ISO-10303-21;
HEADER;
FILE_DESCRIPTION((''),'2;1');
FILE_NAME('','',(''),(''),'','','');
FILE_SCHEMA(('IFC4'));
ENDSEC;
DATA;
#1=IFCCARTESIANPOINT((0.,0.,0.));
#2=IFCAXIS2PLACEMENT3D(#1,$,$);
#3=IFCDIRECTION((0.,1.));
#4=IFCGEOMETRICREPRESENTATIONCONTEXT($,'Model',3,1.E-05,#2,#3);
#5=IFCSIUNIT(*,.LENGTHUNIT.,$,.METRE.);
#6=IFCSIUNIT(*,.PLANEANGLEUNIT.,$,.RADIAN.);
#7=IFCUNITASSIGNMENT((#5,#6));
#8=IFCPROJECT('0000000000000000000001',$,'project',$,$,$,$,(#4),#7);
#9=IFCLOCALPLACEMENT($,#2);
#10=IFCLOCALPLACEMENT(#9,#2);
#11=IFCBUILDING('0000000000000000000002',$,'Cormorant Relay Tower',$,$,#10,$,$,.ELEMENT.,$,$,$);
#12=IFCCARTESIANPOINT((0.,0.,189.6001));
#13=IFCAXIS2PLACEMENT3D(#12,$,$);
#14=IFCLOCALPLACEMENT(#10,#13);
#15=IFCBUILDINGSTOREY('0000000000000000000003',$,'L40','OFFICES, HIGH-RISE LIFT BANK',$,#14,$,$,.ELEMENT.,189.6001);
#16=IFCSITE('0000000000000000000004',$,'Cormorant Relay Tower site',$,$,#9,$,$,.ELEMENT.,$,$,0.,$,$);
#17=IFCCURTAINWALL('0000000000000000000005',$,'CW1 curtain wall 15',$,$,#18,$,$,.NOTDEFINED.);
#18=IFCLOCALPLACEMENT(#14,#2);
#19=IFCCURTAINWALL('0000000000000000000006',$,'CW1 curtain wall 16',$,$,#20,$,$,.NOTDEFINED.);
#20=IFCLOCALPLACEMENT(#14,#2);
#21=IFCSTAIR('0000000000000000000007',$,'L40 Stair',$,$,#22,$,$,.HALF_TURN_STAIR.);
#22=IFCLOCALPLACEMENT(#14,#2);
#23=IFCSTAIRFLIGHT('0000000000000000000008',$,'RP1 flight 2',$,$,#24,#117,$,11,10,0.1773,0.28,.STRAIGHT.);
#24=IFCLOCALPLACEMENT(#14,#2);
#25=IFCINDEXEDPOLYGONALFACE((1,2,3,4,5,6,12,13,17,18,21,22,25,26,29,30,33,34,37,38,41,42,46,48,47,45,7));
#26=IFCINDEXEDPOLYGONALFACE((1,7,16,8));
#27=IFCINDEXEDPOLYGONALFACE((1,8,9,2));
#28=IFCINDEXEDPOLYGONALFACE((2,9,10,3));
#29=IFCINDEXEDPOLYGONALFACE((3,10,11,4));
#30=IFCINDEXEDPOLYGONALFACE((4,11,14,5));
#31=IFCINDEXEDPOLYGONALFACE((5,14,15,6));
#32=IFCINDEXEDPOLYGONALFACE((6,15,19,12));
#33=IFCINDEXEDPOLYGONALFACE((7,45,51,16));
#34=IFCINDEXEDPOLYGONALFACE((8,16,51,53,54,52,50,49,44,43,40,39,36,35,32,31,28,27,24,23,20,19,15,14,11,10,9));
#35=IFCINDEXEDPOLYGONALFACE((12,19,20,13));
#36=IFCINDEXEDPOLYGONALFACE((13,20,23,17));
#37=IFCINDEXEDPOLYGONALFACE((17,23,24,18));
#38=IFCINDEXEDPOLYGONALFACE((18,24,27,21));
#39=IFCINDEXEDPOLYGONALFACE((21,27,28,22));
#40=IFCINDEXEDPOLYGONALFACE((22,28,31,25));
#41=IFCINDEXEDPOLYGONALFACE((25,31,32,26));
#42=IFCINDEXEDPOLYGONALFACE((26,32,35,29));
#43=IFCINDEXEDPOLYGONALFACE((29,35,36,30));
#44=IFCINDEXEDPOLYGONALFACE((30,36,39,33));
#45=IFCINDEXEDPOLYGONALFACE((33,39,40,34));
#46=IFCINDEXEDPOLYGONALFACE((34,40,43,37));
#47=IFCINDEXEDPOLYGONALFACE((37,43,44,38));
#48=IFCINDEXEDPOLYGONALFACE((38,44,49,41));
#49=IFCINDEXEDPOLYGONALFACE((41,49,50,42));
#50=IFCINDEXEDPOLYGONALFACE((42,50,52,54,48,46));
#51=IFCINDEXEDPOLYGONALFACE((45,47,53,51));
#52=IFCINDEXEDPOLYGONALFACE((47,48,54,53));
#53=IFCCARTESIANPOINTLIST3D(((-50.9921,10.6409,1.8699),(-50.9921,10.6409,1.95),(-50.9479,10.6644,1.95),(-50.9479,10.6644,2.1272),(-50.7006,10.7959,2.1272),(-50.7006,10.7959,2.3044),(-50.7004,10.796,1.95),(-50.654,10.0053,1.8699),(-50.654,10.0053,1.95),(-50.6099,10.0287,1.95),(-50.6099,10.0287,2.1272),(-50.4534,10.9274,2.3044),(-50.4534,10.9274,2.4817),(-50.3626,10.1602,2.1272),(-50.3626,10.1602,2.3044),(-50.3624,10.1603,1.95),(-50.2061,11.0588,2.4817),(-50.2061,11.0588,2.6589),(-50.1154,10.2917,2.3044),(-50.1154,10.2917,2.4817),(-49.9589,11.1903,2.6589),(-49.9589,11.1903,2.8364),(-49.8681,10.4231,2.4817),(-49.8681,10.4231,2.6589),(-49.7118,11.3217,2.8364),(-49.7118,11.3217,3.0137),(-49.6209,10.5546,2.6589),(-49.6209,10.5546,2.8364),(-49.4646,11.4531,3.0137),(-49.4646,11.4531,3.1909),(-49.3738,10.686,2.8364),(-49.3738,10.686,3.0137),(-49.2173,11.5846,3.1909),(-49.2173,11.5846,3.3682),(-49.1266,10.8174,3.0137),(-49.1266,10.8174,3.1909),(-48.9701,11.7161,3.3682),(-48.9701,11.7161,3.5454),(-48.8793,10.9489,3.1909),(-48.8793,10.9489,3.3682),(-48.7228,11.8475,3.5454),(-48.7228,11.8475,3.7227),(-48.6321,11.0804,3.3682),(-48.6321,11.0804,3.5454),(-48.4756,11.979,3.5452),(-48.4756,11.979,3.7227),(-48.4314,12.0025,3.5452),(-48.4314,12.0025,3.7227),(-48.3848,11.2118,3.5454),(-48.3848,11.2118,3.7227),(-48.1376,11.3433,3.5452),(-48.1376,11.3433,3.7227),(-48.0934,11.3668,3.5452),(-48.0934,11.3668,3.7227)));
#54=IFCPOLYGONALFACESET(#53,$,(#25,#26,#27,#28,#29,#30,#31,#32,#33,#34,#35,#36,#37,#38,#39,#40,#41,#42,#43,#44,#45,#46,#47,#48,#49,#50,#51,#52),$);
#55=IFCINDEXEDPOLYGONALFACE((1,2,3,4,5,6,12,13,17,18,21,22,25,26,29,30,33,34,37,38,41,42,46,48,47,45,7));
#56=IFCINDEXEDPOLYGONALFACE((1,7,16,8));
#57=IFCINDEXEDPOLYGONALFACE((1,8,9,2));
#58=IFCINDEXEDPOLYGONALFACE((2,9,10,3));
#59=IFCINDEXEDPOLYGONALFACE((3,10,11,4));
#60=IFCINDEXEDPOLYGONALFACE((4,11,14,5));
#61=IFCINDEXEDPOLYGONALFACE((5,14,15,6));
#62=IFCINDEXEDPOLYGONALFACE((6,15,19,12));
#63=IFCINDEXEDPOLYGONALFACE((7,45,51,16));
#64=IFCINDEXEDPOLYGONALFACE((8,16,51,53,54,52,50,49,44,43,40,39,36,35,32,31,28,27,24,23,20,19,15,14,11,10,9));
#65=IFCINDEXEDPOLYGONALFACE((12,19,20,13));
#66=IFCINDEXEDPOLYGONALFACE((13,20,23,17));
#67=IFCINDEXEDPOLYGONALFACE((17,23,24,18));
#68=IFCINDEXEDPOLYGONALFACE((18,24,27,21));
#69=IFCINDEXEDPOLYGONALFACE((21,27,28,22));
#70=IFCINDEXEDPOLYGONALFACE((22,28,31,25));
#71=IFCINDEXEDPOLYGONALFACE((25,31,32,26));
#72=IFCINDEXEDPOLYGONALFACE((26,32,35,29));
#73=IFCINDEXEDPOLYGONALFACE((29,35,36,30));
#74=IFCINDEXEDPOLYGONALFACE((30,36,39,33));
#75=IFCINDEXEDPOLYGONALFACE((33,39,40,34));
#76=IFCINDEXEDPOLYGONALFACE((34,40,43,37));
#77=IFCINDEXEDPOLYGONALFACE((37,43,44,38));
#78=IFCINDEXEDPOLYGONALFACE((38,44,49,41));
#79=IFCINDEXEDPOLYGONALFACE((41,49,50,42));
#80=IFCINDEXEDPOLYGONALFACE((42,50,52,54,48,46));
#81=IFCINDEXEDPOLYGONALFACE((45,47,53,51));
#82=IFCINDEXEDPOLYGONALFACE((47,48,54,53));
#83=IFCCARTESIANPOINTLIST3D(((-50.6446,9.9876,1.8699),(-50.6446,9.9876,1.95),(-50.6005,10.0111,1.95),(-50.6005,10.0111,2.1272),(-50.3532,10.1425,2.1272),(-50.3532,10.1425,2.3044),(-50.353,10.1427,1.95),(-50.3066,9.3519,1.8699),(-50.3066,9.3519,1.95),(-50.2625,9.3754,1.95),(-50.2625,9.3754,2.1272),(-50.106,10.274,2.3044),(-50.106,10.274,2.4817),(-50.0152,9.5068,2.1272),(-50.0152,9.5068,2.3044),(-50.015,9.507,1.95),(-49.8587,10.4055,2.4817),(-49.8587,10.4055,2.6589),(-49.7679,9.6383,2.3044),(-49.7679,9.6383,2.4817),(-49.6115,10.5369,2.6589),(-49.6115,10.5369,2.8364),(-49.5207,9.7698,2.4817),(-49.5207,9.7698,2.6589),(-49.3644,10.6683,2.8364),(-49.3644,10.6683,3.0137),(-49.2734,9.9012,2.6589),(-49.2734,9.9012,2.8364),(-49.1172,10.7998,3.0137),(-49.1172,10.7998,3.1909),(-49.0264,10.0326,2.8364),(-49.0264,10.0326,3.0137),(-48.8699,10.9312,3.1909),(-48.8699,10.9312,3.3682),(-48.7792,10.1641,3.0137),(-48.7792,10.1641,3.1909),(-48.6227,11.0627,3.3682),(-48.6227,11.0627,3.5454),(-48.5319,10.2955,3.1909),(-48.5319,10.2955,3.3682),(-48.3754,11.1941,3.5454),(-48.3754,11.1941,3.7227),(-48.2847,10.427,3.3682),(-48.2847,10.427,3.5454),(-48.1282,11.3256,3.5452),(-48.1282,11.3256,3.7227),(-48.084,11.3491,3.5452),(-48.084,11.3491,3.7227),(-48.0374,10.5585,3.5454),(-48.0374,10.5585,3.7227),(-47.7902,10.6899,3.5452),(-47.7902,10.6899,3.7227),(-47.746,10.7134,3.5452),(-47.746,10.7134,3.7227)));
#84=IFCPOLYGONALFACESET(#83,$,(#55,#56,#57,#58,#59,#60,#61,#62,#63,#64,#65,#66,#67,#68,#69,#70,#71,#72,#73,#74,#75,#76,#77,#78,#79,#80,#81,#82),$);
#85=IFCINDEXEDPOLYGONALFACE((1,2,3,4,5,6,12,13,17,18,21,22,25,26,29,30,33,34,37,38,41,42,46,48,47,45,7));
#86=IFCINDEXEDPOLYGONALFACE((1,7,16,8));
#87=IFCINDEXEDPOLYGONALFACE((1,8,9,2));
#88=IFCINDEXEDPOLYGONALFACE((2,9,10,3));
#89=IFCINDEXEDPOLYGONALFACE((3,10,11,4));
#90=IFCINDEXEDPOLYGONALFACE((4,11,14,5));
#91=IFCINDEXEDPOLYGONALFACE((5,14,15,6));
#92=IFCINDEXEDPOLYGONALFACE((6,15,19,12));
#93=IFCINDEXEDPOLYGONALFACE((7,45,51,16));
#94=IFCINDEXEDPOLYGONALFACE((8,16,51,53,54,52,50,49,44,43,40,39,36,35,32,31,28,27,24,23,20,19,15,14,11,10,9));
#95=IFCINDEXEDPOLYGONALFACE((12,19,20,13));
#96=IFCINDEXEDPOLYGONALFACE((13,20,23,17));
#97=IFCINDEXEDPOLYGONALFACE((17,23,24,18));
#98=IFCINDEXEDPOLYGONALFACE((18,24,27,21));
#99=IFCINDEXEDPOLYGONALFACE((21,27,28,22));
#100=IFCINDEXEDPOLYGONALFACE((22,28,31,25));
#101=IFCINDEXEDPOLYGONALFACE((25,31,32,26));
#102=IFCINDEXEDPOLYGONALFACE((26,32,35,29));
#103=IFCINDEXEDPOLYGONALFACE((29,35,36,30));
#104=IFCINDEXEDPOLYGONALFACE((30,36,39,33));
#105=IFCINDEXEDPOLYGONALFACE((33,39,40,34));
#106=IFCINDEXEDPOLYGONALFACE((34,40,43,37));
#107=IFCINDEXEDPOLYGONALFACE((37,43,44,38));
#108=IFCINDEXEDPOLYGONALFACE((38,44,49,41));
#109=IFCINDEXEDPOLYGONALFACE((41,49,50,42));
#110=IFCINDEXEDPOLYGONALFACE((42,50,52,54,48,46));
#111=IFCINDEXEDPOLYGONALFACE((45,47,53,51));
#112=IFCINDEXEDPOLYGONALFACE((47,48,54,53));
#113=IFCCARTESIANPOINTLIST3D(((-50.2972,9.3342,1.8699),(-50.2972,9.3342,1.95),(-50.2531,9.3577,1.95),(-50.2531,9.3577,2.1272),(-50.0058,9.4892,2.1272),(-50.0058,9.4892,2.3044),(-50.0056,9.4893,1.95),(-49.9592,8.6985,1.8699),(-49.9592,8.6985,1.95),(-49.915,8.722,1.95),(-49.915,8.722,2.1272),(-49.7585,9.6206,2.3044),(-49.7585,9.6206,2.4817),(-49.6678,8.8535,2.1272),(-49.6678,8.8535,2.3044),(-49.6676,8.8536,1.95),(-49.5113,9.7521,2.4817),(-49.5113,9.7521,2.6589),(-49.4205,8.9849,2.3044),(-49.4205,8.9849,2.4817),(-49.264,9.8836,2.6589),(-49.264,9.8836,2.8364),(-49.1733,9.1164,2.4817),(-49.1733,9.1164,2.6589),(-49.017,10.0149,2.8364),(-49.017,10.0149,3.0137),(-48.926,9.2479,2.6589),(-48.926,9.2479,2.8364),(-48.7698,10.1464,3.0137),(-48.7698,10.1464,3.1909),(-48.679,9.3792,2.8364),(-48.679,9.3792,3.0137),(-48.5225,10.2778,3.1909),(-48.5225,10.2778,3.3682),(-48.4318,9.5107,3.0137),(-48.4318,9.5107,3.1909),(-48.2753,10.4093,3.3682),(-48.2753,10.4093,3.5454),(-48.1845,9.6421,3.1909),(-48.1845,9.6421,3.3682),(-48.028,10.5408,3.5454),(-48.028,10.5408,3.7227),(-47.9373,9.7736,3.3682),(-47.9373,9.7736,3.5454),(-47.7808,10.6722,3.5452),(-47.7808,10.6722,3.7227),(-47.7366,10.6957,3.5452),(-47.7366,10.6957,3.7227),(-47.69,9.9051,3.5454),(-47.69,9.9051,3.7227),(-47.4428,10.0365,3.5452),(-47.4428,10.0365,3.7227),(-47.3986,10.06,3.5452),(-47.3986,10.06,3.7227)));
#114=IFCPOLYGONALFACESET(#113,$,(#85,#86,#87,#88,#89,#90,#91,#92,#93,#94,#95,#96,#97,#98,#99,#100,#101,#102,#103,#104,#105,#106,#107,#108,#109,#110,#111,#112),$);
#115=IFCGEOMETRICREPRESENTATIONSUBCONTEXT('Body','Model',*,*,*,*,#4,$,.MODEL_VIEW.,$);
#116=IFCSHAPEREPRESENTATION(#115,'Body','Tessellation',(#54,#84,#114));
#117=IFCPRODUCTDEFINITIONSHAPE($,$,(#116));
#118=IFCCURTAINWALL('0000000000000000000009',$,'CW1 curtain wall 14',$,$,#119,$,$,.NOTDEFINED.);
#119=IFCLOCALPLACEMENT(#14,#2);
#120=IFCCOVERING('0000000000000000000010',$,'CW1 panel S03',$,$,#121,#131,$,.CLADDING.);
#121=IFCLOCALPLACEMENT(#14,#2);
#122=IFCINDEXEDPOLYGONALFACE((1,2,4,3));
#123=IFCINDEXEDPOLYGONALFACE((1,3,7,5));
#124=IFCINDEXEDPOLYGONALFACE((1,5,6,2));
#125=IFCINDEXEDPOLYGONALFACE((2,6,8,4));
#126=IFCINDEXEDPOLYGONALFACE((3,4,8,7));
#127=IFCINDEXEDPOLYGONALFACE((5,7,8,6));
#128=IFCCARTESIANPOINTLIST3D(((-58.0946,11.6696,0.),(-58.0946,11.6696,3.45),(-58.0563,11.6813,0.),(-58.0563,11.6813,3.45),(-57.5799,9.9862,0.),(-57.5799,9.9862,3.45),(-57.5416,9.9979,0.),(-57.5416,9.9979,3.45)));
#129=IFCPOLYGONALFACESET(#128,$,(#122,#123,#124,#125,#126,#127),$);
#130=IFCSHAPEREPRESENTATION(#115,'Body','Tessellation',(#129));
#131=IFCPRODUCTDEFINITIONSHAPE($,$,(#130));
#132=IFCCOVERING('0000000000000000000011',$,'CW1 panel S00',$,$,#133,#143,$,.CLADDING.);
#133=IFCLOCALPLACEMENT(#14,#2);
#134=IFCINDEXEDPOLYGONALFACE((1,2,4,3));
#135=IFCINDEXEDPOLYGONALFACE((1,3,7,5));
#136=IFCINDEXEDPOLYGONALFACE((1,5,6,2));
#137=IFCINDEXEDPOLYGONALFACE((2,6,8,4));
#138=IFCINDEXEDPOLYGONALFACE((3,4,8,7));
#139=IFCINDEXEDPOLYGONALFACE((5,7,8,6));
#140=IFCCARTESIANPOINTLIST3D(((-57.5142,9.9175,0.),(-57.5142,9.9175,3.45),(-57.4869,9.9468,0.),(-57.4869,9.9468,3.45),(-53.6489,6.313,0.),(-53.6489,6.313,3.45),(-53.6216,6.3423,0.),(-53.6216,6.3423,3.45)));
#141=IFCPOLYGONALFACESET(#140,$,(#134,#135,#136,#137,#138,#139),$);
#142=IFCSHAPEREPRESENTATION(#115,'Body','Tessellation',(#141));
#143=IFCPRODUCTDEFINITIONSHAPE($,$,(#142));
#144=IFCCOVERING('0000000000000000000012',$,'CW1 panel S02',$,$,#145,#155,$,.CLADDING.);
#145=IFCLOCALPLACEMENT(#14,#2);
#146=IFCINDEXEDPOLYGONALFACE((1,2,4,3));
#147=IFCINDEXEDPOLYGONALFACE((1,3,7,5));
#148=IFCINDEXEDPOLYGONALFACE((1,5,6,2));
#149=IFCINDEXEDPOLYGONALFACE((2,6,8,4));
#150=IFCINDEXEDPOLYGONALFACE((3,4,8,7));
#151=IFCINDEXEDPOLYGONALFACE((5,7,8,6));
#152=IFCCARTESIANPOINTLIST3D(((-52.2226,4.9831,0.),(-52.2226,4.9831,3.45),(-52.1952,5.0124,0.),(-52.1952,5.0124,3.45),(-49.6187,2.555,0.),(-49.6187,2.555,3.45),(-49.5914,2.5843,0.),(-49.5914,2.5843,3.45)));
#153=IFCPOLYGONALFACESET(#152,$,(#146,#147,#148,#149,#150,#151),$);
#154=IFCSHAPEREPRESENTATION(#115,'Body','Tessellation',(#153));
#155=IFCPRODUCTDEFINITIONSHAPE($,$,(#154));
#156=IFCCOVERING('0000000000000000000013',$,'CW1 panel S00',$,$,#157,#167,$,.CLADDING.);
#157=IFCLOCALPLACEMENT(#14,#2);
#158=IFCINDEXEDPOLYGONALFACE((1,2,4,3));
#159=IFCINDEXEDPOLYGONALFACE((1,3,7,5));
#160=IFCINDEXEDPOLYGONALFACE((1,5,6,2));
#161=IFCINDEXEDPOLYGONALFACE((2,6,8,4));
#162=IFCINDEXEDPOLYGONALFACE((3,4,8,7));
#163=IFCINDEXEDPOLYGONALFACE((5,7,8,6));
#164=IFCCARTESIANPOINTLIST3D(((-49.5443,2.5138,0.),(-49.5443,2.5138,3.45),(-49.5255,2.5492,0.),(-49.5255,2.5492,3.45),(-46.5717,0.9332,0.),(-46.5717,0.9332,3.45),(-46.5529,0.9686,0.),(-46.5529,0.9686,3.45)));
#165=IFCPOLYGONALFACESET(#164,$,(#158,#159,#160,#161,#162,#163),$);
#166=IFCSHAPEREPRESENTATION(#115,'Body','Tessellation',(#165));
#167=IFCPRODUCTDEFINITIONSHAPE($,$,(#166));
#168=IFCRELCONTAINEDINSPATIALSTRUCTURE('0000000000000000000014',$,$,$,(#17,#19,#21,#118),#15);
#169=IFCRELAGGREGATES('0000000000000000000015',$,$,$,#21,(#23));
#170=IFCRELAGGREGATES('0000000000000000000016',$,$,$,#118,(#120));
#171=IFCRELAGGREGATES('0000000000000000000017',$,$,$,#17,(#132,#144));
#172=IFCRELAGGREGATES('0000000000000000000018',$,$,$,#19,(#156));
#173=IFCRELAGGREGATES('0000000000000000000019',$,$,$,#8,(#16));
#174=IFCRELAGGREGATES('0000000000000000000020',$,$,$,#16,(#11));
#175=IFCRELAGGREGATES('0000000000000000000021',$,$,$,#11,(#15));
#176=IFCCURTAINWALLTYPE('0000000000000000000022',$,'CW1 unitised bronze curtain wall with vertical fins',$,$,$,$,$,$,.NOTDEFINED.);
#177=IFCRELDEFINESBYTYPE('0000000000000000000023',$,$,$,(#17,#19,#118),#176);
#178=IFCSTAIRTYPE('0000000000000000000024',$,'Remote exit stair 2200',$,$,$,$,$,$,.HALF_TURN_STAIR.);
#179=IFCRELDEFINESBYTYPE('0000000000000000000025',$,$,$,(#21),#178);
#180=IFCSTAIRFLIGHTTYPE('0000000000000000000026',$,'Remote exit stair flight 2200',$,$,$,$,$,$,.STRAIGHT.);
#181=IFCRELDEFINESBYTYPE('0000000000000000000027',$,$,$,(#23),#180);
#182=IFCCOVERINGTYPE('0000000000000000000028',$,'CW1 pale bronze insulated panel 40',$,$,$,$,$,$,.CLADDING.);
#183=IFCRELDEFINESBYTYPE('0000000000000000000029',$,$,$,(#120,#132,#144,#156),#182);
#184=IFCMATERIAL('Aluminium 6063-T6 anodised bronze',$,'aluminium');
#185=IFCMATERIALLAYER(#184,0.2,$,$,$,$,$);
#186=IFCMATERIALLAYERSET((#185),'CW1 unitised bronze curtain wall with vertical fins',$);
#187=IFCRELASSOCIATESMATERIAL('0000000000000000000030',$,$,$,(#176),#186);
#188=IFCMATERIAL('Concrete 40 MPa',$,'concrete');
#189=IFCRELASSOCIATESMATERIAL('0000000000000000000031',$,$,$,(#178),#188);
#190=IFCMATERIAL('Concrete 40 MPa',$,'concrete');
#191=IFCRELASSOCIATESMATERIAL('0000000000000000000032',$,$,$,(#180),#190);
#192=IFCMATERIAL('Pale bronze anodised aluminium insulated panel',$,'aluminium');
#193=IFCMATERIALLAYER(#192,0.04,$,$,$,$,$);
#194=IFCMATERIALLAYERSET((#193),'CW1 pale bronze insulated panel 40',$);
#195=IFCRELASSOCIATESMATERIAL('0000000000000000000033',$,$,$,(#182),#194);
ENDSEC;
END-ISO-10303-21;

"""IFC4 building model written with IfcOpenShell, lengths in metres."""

from ifc_helpers import new_model, si_unit, direction, frame, origin, origin_2d, place, context, subcontext, project, spatial, polyline, rectangle, outline, extrude, material, layer, layer_set, type_object, element, aggregate, save


model = new_model("IFC4")

# Units and contexts
model_context = context("Model", 3, precision=1e-05, world=origin(), true_north=direction((0.0, 1.0)))
body_context = subcontext(model_context, "Body", "Model", "MODEL_VIEW")
ifc_project = project(units=[si_unit("LENGTHUNIT", "METRE"), si_unit("PLANEANGLEUNIT", "RADIAN")], contexts=[model_context])

# Site, building, storey
site_placement = place(None, origin())
site = spatial("IfcSite", under=ifc_project, at=site_placement, Name="Cormorant Relay Tower site", CompositionType="ELEMENT", RefElevation=0.0)
building_placement = place(site_placement, origin())
building = spatial("IfcBuilding", under=site, at=building_placement, Name="Cormorant Relay Tower", CompositionType="ELEMENT")
storey_placement = place(building_placement, frame((0.0, 0.0, 189.6001)))
storey = spatial("IfcBuildingStorey", under=building, at=storey_placement, Name="L40", Description="OFFICES, HIGH-RISE LIFT BANK", CompositionType="ELEMENT", Elevation=189.6001)

# Curtain wall
ifc_material_1 = material(Name="Aluminium 6063-T6 anodised bronze", Category="aluminium")
ifc_layer_1 = layer(ifc_material_1, 0.2)
ifc_layer_set_1 = layer_set([ifc_layer_1], Name="CW1 unitised bronze curtain wall with vertical fins")
curtain_wall_type = type_object("IfcCurtainWallType", Name="CW1 unitised bronze curtain wall with vertical fins", PredefinedType="NOTDEFINED", material=ifc_layer_set_1)
curtain_wall_1_placement = place(storey_placement, origin())
curtain_wall_1 = element("IfcCurtainWall", 1, at=curtain_wall_1_placement, inside=storey, type_object=curtain_wall_type, Name="CW1 curtain wall 15", PredefinedType="NOTDEFINED")

# Curtain wall
curtain_wall_2_placement = place(storey_placement, origin())
curtain_wall_2 = element("IfcCurtainWall", 2, at=curtain_wall_2_placement, inside=storey, type_object=curtain_wall_type, Name="CW1 curtain wall 16", PredefinedType="NOTDEFINED")

# Stair, stair flight
ifc_material_2 = material(Name="Concrete 40 MPa", Category="concrete")
stair_type = type_object("IfcStairType", Name="Remote exit stair 2200", PredefinedType="HALF_TURN_STAIR", material=ifc_material_2)
stair_placement = place(storey_placement, origin())
stair = element("IfcStair", 3, at=stair_placement, inside=storey, type_object=stair_type, Name="L40 Stair", PredefinedType="HALF_TURN_STAIR")
ifc_material_3 = material(Name="Concrete 40 MPa", Category="concrete")
stair_flight_type = type_object("IfcStairFlightType", Name="Remote exit stair flight 2200", PredefinedType="STRAIGHT", material=ifc_material_3)
stair_flight_1_placement = place(storey_placement, frame((-50.4314, 9.6931, 1.95), z_axis=(0.0, 0.0, 1.0), x_axis=(0.882948, 0.469472, 0.0)))
stair_flight_1 = element("IfcStairFlight", 4, at=stair_flight_1_placement, type_object=stair_flight_type, Name="RP1 flight 2", NumberOfRisers=11, NumberOfTreads=10, PredefinedType="STRAIGHT", RiserHeight=0.1773, TreadLength=0.28, context=body_context, shape_type="SweptSolid", body=[
    extrude(outline(polyline([(-0.05, -0.0801), (-0.05, 0.0), (0.0, 0.0), (0.0, 0.1772), (0.28, 0.1772), (0.28, 0.3545), (0.5601, 0.3545), (0.5601, 0.5317), (0.8401, 0.5317), (0.8401, 0.709), (1.1201, 0.709), (1.1201, 0.8865), (1.3999, 0.8865), (1.3999, 1.0637), (1.6799, 1.0637), (1.6799, 1.241), (1.96, 1.241), (1.96, 1.4182), (2.24, 1.4182), (2.24, 1.5955), (2.52, 1.5955), (2.52, 1.7727), (2.8, 1.7727), (2.8501, 1.7727), (2.8501, 1.5952), (2.8, 1.5952), (0.2803, 0.0), (-0.05, -0.0801)])), frame((0.0, 1.1001, 0.0), z_axis=(0.0, -1.0, 0.0), x_axis=(1.0, 0.0, 0.0)), (0.0, 0.0, 1.0), 0.72),
    extrude(outline(polyline([(-0.05, -0.0801), (-0.05, 0.0), (0.0, 0.0), (0.0, 0.1772), (0.28, 0.1772), (0.28, 0.3545), (0.5601, 0.3545), (0.5601, 0.5317), (0.8401, 0.5317), (0.8401, 0.709), (1.1201, 0.709), (1.1201, 0.8865), (1.3999, 0.8865), (1.3999, 1.0637), (1.6799, 1.0637), (1.6799, 1.241), (1.96, 1.241), (1.96, 1.4182), (2.24, 1.4182), (2.24, 1.5955), (2.52, 1.5955), (2.52, 1.7727), (2.8, 1.7727), (2.8501, 1.7727), (2.8501, 1.5952), (2.8, 1.5952), (0.2803, 0.0), (-0.05, -0.0801)])), frame((0.0, 0.3601, 0.0), z_axis=(0.0, -1.0, 0.0), x_axis=(1.0, 0.0, 0.0)), (0.0, 0.0, 1.0), 0.72),
    extrude(outline(polyline([(-0.05, -0.0801), (-0.05, 0.0), (0.0, 0.0), (0.0, 0.1772), (0.28, 0.1772), (0.28, 0.3545), (0.5601, 0.3545), (0.5601, 0.5317), (0.8401, 0.5317), (0.8401, 0.709), (1.1201, 0.709), (1.1201, 0.8865), (1.3999, 0.8865), (1.3999, 1.0637), (1.6799, 1.0637), (1.6799, 1.241), (1.96, 1.241), (1.96, 1.4182), (2.24, 1.4182), (2.24, 1.5955), (2.52, 1.5955), (2.52, 1.7727), (2.8, 1.7727), (2.8501, 1.7727), (2.8501, 1.5952), (2.8, 1.5952), (0.2803, 0.0), (-0.05, -0.0801)])), frame((0.0, -0.3799, 0.0), z_axis=(0.0, -1.0, 0.0), x_axis=(1.0, 0.0, 0.0)), (0.0, 0.0, 1.0), 0.72),
])
aggregate(stair, [stair_flight_1])

# Curtain wall, covering
curtain_wall_3_placement = place(storey_placement, origin())
curtain_wall_3 = element("IfcCurtainWall", 5, at=curtain_wall_3_placement, inside=storey, type_object=curtain_wall_type, Name="CW1 curtain wall 14", PredefinedType="NOTDEFINED")
ifc_material_4 = material(Name="Pale bronze anodised aluminium insulated panel", Category="aluminium")
ifc_layer_2 = layer(ifc_material_4, 0.04)
ifc_layer_set_2 = layer_set([ifc_layer_2], Name="CW1 pale bronze insulated panel 40")
covering_type = type_object("IfcCoveringType", Name="CW1 pale bronze insulated panel 40", PredefinedType="CLADDING", material=ifc_layer_set_2)
covering_1_placement = place(storey_placement, frame((-57.8181, 10.8337, 0.0), z_axis=(0.0, 0.0, 1.0), x_axis=(0.292372, -0.956305, 0.0)))
covering_1 = element("IfcCovering", 6, at=covering_1_placement, type_object=covering_type, Name="CW1 panel S03", PredefinedType="CLADDING", context=body_context, shape_type="SweptSolid", body=[
    extrude(rectangle(XDim=1.7603, YDim=0.04, at=origin_2d()), origin(), (0.0, 0.0, 1.0), 3.45),
])
aggregate(curtain_wall_3, [covering_1])

# Coverings
covering_2_placement = place(storey_placement, frame((-55.5679, 8.1299, 0.0), z_axis=(0.0, 0.0, 1.0), x_axis=(0.731354, -0.681998, 0.0)))
covering_2 = element("IfcCovering", 7, at=covering_2_placement, type_object=covering_type, Name="CW1 panel S00", PredefinedType="CLADDING", context=body_context, shape_type="SweptSolid", body=[
    extrude(rectangle(XDim=5.2852, YDim=0.04, at=origin_2d()), origin(), (0.0, 0.0, 1.0), 3.45),
])
covering_3_placement = place(storey_placement, frame((-50.907, 3.7837, 0.0), z_axis=(0.0, 0.0, 1.0), x_axis=(0.731354, -0.681998, 0.0)))
covering_3 = element("IfcCovering", 8, at=covering_3_placement, type_object=covering_type, Name="CW1 panel S02", PredefinedType="CLADDING", context=body_context, shape_type="SweptSolid", body=[
    extrude(rectangle(XDim=3.5603, YDim=0.04, at=origin_2d()), origin(), (0.0, 0.0, 1.0), 3.45),
])
aggregate(curtain_wall_1, [covering_2, covering_3])
covering_4_placement = place(storey_placement, frame((-48.0486, 1.7412, 0.0), z_axis=(0.0, 0.0, 1.0), x_axis=(0.882948, -0.469472, 0.0)))
covering_4 = element("IfcCovering", 9, at=covering_4_placement, type_object=covering_type, Name="CW1 panel S00", PredefinedType="CLADDING", context=body_context, shape_type="SweptSolid", body=[
    extrude(rectangle(XDim=3.3667, YDim=0.04, at=origin_2d()), origin(), (0.0, 0.0, 1.0), 3.45),
])
aggregate(curtain_wall_2, [covering_4])

save(model, "model.ifc")
